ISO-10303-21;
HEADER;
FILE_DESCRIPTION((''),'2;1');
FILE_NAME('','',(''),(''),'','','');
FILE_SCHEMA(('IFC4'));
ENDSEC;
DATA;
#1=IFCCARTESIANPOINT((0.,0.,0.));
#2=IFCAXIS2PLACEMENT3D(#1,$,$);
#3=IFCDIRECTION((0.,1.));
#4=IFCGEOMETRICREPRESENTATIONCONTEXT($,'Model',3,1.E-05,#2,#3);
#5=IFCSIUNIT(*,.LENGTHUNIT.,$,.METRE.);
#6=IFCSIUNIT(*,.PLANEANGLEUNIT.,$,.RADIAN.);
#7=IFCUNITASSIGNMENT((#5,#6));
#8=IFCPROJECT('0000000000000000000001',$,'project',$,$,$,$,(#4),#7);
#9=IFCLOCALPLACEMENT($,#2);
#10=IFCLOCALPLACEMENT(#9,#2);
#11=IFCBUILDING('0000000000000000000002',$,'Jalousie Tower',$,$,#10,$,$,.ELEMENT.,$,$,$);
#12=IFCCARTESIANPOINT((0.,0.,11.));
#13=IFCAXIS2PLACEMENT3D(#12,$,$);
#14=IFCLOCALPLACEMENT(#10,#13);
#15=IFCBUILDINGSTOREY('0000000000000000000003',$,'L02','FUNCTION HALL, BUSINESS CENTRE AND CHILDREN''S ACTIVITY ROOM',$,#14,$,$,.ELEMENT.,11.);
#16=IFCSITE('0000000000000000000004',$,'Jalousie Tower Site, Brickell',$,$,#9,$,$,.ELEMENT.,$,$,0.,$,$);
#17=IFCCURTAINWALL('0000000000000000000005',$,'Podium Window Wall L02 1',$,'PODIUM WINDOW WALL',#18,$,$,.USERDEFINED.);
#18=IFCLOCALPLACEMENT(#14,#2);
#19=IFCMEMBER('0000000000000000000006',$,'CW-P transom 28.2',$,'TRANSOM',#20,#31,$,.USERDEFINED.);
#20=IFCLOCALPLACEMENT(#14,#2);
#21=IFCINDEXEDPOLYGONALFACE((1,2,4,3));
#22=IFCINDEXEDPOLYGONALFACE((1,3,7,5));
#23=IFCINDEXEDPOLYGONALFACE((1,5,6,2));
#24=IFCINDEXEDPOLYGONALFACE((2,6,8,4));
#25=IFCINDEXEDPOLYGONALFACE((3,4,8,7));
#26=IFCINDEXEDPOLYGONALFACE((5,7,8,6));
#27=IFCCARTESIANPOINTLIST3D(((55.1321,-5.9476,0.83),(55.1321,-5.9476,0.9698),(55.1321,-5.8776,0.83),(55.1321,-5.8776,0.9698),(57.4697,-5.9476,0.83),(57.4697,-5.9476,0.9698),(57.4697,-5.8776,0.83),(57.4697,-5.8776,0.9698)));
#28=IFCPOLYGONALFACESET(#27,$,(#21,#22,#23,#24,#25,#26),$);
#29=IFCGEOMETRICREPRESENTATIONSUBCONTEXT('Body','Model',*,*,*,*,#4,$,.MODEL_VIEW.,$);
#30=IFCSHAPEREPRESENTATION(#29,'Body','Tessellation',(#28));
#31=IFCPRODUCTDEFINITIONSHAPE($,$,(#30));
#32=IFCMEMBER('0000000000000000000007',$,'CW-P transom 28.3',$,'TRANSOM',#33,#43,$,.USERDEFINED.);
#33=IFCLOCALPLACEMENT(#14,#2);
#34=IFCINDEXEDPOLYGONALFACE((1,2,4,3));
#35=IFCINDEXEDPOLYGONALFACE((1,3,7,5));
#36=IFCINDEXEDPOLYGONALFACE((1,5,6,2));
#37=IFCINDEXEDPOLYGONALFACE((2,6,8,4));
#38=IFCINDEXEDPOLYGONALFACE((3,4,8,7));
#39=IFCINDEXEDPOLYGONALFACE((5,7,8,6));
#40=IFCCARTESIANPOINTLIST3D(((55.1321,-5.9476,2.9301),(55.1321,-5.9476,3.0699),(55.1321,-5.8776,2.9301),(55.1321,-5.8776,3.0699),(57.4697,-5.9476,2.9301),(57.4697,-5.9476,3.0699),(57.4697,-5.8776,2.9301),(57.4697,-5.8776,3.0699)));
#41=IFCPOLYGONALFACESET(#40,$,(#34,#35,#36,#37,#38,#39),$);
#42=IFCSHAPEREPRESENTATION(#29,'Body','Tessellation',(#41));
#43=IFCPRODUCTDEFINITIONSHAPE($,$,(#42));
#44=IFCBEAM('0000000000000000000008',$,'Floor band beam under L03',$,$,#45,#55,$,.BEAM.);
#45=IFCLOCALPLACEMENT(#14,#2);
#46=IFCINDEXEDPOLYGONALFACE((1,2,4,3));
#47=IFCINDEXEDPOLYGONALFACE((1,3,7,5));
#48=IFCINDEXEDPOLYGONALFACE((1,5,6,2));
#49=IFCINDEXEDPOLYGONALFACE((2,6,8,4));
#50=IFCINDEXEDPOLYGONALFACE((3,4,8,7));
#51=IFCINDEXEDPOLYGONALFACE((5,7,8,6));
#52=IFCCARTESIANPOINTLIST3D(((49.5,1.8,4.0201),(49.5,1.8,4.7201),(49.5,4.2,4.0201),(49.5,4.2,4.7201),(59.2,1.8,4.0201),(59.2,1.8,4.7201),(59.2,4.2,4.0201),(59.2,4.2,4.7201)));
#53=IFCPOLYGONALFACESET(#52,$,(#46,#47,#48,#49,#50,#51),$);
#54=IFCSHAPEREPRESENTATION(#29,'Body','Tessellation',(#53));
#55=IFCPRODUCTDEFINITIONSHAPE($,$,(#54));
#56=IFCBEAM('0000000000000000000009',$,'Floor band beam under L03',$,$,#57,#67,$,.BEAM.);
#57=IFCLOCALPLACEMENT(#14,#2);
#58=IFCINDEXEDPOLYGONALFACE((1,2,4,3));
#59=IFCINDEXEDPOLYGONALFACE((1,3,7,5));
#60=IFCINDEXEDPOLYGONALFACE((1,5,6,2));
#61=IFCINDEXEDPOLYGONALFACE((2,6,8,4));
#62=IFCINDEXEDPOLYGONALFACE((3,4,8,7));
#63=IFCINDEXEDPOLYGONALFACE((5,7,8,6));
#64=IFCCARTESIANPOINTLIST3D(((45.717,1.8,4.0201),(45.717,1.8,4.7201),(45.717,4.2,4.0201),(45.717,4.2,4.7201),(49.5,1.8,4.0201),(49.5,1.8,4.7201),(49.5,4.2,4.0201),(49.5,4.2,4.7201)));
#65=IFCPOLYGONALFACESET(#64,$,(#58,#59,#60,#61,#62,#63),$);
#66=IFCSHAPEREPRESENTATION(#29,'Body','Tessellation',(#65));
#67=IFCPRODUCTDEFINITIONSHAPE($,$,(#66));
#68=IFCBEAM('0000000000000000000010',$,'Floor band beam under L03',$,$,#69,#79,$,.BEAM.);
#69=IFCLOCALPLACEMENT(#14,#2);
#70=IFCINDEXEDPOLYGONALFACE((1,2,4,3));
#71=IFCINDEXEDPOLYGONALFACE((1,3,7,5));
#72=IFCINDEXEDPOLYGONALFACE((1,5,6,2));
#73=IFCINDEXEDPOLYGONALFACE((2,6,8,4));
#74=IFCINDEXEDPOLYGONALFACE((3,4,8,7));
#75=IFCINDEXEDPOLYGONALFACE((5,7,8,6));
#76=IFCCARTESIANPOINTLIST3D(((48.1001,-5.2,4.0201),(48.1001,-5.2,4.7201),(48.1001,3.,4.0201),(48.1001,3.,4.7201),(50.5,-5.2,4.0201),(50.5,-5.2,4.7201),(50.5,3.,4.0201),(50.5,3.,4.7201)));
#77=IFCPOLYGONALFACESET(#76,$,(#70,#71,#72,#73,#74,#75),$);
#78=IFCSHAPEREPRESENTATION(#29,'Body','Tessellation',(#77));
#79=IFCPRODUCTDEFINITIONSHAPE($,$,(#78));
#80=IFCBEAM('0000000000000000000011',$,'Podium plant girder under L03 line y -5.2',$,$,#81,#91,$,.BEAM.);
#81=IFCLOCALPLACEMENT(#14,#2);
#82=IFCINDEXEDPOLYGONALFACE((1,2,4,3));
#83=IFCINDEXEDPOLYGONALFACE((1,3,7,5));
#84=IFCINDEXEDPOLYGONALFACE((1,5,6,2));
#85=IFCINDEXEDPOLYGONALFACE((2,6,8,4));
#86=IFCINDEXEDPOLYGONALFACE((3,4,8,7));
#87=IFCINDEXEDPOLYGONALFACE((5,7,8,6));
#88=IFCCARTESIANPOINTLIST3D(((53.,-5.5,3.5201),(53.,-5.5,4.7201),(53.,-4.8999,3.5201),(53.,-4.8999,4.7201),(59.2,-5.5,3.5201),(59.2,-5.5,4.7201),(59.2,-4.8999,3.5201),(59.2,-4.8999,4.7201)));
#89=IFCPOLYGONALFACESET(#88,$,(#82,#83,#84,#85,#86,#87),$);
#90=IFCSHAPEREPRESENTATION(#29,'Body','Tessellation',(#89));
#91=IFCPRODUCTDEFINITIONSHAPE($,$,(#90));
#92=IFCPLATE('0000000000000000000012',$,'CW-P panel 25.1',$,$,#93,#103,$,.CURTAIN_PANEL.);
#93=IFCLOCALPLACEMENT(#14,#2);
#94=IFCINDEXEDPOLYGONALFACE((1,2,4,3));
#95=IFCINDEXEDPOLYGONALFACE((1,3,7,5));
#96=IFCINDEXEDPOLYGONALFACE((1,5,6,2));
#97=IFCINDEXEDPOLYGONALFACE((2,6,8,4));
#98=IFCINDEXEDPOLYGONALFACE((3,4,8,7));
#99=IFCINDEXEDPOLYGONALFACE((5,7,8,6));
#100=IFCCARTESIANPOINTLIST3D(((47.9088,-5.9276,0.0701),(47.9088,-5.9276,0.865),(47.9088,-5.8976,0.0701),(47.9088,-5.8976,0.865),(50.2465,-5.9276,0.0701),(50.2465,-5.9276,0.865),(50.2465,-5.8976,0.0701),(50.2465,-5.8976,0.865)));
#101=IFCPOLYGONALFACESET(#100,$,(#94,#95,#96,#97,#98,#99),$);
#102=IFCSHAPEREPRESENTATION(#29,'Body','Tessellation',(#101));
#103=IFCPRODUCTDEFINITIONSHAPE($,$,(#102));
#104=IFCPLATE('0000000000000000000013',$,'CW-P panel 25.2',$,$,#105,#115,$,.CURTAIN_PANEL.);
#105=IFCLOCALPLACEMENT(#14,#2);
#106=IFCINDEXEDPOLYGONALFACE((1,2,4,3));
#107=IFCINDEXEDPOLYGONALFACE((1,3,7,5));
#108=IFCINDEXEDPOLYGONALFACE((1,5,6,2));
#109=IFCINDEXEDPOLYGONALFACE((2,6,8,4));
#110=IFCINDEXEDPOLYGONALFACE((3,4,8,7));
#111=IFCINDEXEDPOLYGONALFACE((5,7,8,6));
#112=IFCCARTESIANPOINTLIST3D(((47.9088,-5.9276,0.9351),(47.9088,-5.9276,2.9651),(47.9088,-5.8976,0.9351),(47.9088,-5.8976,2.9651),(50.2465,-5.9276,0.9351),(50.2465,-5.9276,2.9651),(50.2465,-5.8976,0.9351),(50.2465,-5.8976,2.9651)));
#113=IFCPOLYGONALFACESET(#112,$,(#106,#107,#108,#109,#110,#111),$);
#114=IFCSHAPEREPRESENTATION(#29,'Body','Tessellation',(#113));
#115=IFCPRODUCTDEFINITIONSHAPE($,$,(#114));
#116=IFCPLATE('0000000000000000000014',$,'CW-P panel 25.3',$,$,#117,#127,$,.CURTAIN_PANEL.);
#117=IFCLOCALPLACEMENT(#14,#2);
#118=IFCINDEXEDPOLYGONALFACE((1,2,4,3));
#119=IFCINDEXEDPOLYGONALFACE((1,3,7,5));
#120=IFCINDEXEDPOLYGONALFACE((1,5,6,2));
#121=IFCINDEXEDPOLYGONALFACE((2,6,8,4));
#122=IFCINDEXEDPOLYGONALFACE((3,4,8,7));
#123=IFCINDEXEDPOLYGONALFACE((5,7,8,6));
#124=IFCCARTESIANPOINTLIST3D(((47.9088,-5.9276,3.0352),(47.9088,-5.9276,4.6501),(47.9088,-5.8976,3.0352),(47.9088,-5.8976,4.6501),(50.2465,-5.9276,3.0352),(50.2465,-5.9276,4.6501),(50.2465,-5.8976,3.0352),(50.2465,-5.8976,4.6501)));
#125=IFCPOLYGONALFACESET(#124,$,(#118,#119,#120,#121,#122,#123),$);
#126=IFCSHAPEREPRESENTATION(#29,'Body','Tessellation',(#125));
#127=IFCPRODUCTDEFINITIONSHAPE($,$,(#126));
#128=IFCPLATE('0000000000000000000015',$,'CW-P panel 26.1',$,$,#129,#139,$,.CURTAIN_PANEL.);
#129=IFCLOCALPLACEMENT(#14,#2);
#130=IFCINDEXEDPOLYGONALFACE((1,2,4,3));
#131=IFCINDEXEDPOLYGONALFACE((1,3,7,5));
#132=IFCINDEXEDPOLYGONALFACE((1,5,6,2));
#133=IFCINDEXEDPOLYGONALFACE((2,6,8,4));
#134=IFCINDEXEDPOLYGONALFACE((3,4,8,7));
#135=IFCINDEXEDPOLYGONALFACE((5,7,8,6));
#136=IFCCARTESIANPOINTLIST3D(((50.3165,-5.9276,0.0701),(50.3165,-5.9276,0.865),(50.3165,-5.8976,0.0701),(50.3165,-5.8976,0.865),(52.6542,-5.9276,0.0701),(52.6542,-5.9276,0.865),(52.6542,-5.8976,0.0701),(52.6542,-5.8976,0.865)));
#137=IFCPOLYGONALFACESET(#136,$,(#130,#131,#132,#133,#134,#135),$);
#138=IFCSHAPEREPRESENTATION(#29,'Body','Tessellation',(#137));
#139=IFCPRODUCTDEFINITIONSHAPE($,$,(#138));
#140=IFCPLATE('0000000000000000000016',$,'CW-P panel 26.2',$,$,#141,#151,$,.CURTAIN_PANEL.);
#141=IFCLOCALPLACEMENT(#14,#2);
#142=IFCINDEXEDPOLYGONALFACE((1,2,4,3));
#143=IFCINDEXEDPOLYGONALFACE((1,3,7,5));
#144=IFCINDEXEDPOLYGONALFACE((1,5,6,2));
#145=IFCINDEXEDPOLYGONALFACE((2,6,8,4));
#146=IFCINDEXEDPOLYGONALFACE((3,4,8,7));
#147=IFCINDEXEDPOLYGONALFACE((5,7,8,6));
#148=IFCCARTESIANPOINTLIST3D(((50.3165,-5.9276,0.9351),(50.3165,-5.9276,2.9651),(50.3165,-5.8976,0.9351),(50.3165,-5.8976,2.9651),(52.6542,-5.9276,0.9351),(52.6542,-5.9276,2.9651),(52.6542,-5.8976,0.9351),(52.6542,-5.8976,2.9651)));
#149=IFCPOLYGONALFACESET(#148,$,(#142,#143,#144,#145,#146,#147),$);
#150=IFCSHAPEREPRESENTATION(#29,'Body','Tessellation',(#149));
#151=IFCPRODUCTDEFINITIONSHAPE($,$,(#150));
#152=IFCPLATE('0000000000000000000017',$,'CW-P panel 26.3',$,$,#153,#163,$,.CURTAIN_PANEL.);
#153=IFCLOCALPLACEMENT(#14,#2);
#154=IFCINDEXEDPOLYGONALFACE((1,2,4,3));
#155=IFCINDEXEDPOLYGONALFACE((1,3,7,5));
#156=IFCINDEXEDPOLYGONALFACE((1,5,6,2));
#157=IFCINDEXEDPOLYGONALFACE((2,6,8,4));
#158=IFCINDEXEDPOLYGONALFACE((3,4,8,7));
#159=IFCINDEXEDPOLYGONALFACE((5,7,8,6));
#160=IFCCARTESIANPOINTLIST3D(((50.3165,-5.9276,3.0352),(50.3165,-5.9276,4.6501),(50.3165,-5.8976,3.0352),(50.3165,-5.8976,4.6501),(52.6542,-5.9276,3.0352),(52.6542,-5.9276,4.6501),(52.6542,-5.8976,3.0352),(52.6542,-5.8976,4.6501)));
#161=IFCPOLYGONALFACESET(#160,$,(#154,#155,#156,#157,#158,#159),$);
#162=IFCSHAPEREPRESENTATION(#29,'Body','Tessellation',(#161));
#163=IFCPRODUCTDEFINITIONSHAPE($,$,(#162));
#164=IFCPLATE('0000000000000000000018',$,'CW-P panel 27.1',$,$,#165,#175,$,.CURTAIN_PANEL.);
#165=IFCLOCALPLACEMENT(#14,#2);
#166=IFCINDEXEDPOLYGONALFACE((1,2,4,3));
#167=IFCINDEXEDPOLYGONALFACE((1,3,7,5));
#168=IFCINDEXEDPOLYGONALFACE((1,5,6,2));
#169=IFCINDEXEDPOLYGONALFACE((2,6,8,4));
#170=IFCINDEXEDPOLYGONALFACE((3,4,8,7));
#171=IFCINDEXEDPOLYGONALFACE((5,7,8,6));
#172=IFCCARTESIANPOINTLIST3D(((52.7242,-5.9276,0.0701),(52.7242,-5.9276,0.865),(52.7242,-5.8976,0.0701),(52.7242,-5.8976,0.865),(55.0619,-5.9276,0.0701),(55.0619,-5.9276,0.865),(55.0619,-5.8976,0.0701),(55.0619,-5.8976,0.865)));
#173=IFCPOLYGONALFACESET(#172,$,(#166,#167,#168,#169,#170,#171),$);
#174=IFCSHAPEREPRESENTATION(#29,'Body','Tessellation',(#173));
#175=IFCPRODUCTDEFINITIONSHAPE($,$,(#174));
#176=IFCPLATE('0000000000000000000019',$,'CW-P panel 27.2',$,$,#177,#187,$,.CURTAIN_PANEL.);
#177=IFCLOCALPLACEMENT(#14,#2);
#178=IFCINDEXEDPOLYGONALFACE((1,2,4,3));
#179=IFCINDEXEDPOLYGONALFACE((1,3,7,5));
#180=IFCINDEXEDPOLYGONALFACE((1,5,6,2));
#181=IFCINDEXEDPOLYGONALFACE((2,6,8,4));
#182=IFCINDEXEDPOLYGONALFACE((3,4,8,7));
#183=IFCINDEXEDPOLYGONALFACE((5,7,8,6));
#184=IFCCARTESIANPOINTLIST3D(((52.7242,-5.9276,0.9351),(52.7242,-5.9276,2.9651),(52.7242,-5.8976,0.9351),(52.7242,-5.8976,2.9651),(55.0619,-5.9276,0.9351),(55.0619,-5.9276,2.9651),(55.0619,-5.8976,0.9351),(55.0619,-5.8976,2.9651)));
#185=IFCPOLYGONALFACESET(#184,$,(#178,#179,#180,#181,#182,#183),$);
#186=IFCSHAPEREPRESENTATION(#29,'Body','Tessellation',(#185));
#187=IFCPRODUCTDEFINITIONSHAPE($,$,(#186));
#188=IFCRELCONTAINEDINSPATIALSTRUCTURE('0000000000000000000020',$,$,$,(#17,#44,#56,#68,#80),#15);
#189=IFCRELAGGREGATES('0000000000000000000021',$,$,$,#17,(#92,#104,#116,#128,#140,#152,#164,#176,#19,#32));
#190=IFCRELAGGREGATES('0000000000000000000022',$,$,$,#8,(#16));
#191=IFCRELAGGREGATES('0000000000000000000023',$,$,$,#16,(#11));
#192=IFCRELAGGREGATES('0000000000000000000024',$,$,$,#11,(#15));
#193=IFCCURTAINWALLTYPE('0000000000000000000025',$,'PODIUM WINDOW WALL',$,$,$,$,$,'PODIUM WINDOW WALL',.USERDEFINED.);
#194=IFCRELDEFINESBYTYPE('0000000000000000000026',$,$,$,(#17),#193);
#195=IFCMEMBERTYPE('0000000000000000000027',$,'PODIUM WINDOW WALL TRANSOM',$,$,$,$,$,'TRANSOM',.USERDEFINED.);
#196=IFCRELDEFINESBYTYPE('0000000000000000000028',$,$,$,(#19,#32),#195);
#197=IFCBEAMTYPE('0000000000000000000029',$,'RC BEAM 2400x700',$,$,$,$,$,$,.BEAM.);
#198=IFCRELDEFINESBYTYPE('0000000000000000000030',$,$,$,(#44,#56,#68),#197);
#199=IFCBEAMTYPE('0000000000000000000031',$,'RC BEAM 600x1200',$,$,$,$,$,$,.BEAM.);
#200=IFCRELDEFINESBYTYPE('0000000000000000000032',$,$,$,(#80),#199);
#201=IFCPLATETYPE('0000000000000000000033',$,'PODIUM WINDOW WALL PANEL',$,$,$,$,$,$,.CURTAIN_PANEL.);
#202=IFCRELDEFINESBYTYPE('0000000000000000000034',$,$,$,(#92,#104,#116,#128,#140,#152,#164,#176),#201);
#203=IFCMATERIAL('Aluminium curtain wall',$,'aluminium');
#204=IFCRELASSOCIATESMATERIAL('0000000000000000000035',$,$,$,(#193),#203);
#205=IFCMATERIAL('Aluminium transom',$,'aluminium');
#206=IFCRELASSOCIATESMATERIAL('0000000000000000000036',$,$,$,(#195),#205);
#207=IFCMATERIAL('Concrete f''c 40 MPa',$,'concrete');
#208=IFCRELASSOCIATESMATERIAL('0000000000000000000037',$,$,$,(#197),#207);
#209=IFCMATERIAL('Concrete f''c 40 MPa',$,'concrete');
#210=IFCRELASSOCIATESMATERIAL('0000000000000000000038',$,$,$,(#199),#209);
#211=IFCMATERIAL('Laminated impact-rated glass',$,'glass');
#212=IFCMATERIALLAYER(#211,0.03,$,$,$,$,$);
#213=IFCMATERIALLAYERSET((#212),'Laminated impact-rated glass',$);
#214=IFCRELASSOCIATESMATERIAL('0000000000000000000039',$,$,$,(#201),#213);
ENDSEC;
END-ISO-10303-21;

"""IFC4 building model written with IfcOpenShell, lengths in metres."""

from ifc_helpers import new_model, si_unit, direction, frame, origin, origin_2d, place, context, subcontext, project, spatial, rectangle, extrude, material, layer, layer_set, material_profile, profile_set, type_object, element, aggregate, save


model = new_model("IFC4")

# Units and contexts
model_context = context("Model", 3, precision=1e-05, world=origin(), true_north=direction((0.0, 1.0)))
body_context = subcontext(model_context, "Body", "Model", "MODEL_VIEW")
ifc_project = project(units=[si_unit("LENGTHUNIT", "METRE"), si_unit("PLANEANGLEUNIT", "RADIAN")], contexts=[model_context])

# Site, building, storey
site_placement = place(None, origin())
site = spatial("IfcSite", under=ifc_project, at=site_placement, Name="Jalousie Tower Site, Brickell", CompositionType="ELEMENT", RefElevation=0.0)
building_placement = place(site_placement, origin())
building = spatial("IfcBuilding", under=site, at=building_placement, Name="Jalousie Tower", CompositionType="ELEMENT")
storey_placement = place(building_placement, frame((0.0, 0.0, 11.0)))
storey = spatial("IfcBuildingStorey", under=building, at=storey_placement, Name="L02", Description="FUNCTION HALL, BUSINESS CENTRE AND CHILDREN'S ACTIVITY ROOM", CompositionType="ELEMENT", Elevation=11.0)

# Curtain wall, members
ifc_material_1 = material(Name="Aluminium curtain wall", Category="aluminium")
curtain_wall_type = type_object("IfcCurtainWallType", Name="PODIUM WINDOW WALL", ElementType="PODIUM WINDOW WALL", PredefinedType="USERDEFINED", material=ifc_material_1)
curtain_wall_placement = place(storey_placement, origin())
curtain_wall = element("IfcCurtainWall", 1, at=curtain_wall_placement, inside=storey, type_object=curtain_wall_type, Name="Podium Window Wall L02 1", ObjectType="PODIUM WINDOW WALL", PredefinedType="USERDEFINED")
ifc_material_2 = material(Name="Aluminium transom", Category="aluminium")
ifc_material_profile_1 = material_profile(ifc_material_2, rectangle(XDim=0.0701, YDim=0.1399, at=origin_2d()), Name="TRANSOM 70x140")
ifc_profile_set_1 = profile_set([ifc_material_profile_1], Name="Aluminium transom")
member_type_1 = type_object("IfcMemberType", Name="PODIUM WINDOW WALL TRANSOM", ElementType="TRANSOM", PredefinedType="USERDEFINED", material=ifc_profile_set_1)
member_1_placement = place(storey_placement, frame((55.1321, -5.9126, 0.8999), z_axis=(1.0, 0.0, 0.0), x_axis=(0.0, 1.0, 0.0)))
member_1 = element("IfcMember", 2, at=member_1_placement, type_object=member_type_1, Name="CW-P transom 28.2", ObjectType="TRANSOM", PredefinedType="USERDEFINED", context=body_context, shape_type="SweptSolid", body=[
    extrude(rectangle(XDim=0.0701, YDim=0.1399, at=origin_2d()), origin(), (0.0, 0.0, 1.0), 2.3376),
])
member_2_placement = place(storey_placement, frame((55.1321, -5.9126, 3.0), z_axis=(1.0, 0.0, 0.0), x_axis=(0.0, 1.0, 0.0)))
member_2 = element("IfcMember", 3, at=member_2_placement, type_object=member_type_1, Name="CW-P transom 28.3", ObjectType="TRANSOM", PredefinedType="USERDEFINED", context=body_context, shape_type="SweptSolid", body=[
    extrude(rectangle(XDim=0.0701, YDim=0.1399, at=origin_2d()), origin(), (0.0, 0.0, 1.0), 2.3376),
])

# Beams
ifc_material_3 = material(Name="Concrete f'c 40 MPa", Category="concrete")
ifc_material_profile_2 = material_profile(ifc_material_3, rectangle(XDim=2.3999, YDim=0.7, at=origin_2d()), Name="RC 2400x700")
ifc_profile_set_2 = profile_set([ifc_material_profile_2], Name="Concrete f'c 40 MPa")
beam_type_1 = type_object("IfcBeamType", Name="RC BEAM 2400x700", PredefinedType="BEAM", material=ifc_profile_set_2)
beam_1_placement = place(storey_placement, frame((49.5, 3.0, 4.3701), z_axis=(1.0, 0.0, 0.0), x_axis=(0.0, 1.0, 0.0)))
element("IfcBeam", 4, at=beam_1_placement, inside=storey, type_object=beam_type_1, Name="Floor band beam under L03", PredefinedType="BEAM", context=body_context, shape_type="SweptSolid", body=[
    extrude(rectangle(XDim=2.3999, YDim=0.7, at=origin_2d()), origin(), (0.0, 0.0, 1.0), 9.7),
])
beam_2_placement = place(storey_placement, frame((49.5, 3.0, 4.3701), z_axis=(-1.0, 0.0, 0.0), x_axis=(0.0, -1.0, 0.0)))
element("IfcBeam", 5, at=beam_2_placement, inside=storey, type_object=beam_type_1, Name="Floor band beam under L03", PredefinedType="BEAM", context=body_context, shape_type="SweptSolid", body=[
    extrude(rectangle(XDim=2.3999, YDim=0.7, at=origin_2d()), origin(), (0.0, 0.0, 1.0), 3.783),
])
beam_3_placement = place(storey_placement, frame((49.3, 3.0, 4.3701), z_axis=(0.0, -1.0, 0.0), x_axis=(1.0, 0.0, 0.0)))
element("IfcBeam", 6, at=beam_3_placement, inside=storey, type_object=beam_type_1, Name="Floor band beam under L03", PredefinedType="BEAM", context=body_context, shape_type="SweptSolid", body=[
    extrude(rectangle(XDim=2.3999, YDim=0.7, at=origin_2d()), origin(), (0.0, 0.0, 1.0), 8.2),
])
ifc_material_4 = material(Name="Concrete f'c 40 MPa", Category="concrete")
ifc_material_profile_3 = material_profile(ifc_material_4, rectangle(XDim=0.6001, YDim=1.2, at=origin_2d()), Name="RC 600x1200")
ifc_profile_set_3 = profile_set([ifc_material_profile_3], Name="Concrete f'c 40 MPa")
beam_type_2 = type_object("IfcBeamType", Name="RC BEAM 600x1200", PredefinedType="BEAM", material=ifc_profile_set_3)
beam_4_placement = place(storey_placement, frame((53.0, -5.2, 4.1201), z_axis=(1.0, 0.0, 0.0), x_axis=(0.0, 1.0, 0.0)))
element("IfcBeam", 7, at=beam_4_placement, inside=storey, type_object=beam_type_2, Name="Podium plant girder under L03 line y -5.2", PredefinedType="BEAM", context=body_context, shape_type="SweptSolid", body=[
    extrude(rectangle(XDim=0.6001, YDim=1.2, at=origin_2d()), origin(), (0.0, 0.0, 1.0), 6.2),
])

# Plates
ifc_material_5 = material(Name="Laminated impact-rated glass", Category="glass")
ifc_layer = layer(ifc_material_5, 0.03)
ifc_layer_set = layer_set([ifc_layer], Name="Laminated impact-rated glass")
plate_type = type_object("IfcPlateType", Name="PODIUM WINDOW WALL PANEL", PredefinedType="CURTAIN_PANEL", material=ifc_layer_set)
plate_1_placement = place(storey_placement, frame((49.0776, -5.9126, 0.0701), z_axis=(0.0, 0.0, 1.0), x_axis=(1.0, 0.0, 0.0)))
plate_1 = element("IfcPlate", 8, at=plate_1_placement, type_object=plate_type, Name="CW-P panel 25.1", PredefinedType="CURTAIN_PANEL", context=body_context, shape_type="SweptSolid", body=[
    extrude(rectangle(XDim=2.3376, YDim=0.03, at=origin_2d()), origin(), (0.0, 0.0, 1.0), 0.7949),
])
plate_2_placement = place(storey_placement, frame((49.0776, -5.9126, 0.9351), z_axis=(0.0, 0.0, 1.0), x_axis=(1.0, 0.0, 0.0)))
plate_2 = element("IfcPlate", 9, at=plate_2_placement, type_object=plate_type, Name="CW-P panel 25.2", PredefinedType="CURTAIN_PANEL", context=body_context, shape_type="SweptSolid", body=[
    extrude(rectangle(XDim=2.3376, YDim=0.03, at=origin_2d()), origin(), (0.0, 0.0, 1.0), 2.03),
])
plate_3_placement = place(storey_placement, frame((49.0776, -5.9126, 3.0352), z_axis=(0.0, 0.0, 1.0), x_axis=(1.0, 0.0, 0.0)))
plate_3 = element("IfcPlate", 10, at=plate_3_placement, type_object=plate_type, Name="CW-P panel 25.3", PredefinedType="CURTAIN_PANEL", context=body_context, shape_type="SweptSolid", body=[
    extrude(rectangle(XDim=2.3376, YDim=0.03, at=origin_2d()), origin(), (0.0, 0.0, 1.0), 1.615),
])
plate_4_placement = place(storey_placement, frame((51.4854, -5.9126, 0.0701), z_axis=(0.0, 0.0, 1.0), x_axis=(1.0, 0.0, 0.0)))
plate_4 = element("IfcPlate", 11, at=plate_4_placement, type_object=plate_type, Name="CW-P panel 26.1", PredefinedType="CURTAIN_PANEL", context=body_context, shape_type="SweptSolid", body=[
    extrude(rectangle(XDim=2.3376, YDim=0.03, at=origin_2d()), origin(), (0.0, 0.0, 1.0), 0.7949),
])
plate_5_placement = place(storey_placement, frame((51.4854, -5.9126, 0.9351), z_axis=(0.0, 0.0, 1.0), x_axis=(1.0, 0.0, 0.0)))
plate_5 = element("IfcPlate", 12, at=plate_5_placement, type_object=plate_type, Name="CW-P panel 26.2", PredefinedType="CURTAIN_PANEL", context=body_context, shape_type="SweptSolid", body=[
    extrude(rectangle(XDim=2.3376, YDim=0.03, at=origin_2d()), origin(), (0.0, 0.0, 1.0), 2.03),
])
plate_6_placement = place(storey_placement, frame((51.4854, -5.9126, 3.0352), z_axis=(0.0, 0.0, 1.0), x_axis=(1.0, 0.0, 0.0)))
plate_6 = element("IfcPlate", 13, at=plate_6_placement, type_object=plate_type, Name="CW-P panel 26.3", PredefinedType="CURTAIN_PANEL", context=body_context, shape_type="SweptSolid", body=[
    extrude(rectangle(XDim=2.3376, YDim=0.03, at=origin_2d()), origin(), (0.0, 0.0, 1.0), 1.615),
])
plate_7_placement = place(storey_placement, frame((53.8931, -5.9126, 0.0701), z_axis=(0.0, 0.0, 1.0), x_axis=(1.0, 0.0, 0.0)))
plate_7 = element("IfcPlate", 14, at=plate_7_placement, type_object=plate_type, Name="CW-P panel 27.1", PredefinedType="CURTAIN_PANEL", context=body_context, shape_type="SweptSolid", body=[
    extrude(rectangle(XDim=2.3376, YDim=0.03, at=origin_2d()), origin(), (0.0, 0.0, 1.0), 0.7949),
])
plate_8_placement = place(storey_placement, frame((53.8931, -5.9126, 0.9351), z_axis=(0.0, 0.0, 1.0), x_axis=(1.0, 0.0, 0.0)))
plate_8 = element("IfcPlate", 15, at=plate_8_placement, type_object=plate_type, Name="CW-P panel 27.2", PredefinedType="CURTAIN_PANEL", context=body_context, shape_type="SweptSolid", body=[
    extrude(rectangle(XDim=2.3376, YDim=0.03, at=origin_2d()), origin(), (0.0, 0.0, 1.0), 2.03),
])
aggregate(curtain_wall, [plate_1, plate_2, plate_3, plate_4, plate_5, plate_6, plate_7, plate_8, member_1, member_2])

save(model, "model.ifc")
